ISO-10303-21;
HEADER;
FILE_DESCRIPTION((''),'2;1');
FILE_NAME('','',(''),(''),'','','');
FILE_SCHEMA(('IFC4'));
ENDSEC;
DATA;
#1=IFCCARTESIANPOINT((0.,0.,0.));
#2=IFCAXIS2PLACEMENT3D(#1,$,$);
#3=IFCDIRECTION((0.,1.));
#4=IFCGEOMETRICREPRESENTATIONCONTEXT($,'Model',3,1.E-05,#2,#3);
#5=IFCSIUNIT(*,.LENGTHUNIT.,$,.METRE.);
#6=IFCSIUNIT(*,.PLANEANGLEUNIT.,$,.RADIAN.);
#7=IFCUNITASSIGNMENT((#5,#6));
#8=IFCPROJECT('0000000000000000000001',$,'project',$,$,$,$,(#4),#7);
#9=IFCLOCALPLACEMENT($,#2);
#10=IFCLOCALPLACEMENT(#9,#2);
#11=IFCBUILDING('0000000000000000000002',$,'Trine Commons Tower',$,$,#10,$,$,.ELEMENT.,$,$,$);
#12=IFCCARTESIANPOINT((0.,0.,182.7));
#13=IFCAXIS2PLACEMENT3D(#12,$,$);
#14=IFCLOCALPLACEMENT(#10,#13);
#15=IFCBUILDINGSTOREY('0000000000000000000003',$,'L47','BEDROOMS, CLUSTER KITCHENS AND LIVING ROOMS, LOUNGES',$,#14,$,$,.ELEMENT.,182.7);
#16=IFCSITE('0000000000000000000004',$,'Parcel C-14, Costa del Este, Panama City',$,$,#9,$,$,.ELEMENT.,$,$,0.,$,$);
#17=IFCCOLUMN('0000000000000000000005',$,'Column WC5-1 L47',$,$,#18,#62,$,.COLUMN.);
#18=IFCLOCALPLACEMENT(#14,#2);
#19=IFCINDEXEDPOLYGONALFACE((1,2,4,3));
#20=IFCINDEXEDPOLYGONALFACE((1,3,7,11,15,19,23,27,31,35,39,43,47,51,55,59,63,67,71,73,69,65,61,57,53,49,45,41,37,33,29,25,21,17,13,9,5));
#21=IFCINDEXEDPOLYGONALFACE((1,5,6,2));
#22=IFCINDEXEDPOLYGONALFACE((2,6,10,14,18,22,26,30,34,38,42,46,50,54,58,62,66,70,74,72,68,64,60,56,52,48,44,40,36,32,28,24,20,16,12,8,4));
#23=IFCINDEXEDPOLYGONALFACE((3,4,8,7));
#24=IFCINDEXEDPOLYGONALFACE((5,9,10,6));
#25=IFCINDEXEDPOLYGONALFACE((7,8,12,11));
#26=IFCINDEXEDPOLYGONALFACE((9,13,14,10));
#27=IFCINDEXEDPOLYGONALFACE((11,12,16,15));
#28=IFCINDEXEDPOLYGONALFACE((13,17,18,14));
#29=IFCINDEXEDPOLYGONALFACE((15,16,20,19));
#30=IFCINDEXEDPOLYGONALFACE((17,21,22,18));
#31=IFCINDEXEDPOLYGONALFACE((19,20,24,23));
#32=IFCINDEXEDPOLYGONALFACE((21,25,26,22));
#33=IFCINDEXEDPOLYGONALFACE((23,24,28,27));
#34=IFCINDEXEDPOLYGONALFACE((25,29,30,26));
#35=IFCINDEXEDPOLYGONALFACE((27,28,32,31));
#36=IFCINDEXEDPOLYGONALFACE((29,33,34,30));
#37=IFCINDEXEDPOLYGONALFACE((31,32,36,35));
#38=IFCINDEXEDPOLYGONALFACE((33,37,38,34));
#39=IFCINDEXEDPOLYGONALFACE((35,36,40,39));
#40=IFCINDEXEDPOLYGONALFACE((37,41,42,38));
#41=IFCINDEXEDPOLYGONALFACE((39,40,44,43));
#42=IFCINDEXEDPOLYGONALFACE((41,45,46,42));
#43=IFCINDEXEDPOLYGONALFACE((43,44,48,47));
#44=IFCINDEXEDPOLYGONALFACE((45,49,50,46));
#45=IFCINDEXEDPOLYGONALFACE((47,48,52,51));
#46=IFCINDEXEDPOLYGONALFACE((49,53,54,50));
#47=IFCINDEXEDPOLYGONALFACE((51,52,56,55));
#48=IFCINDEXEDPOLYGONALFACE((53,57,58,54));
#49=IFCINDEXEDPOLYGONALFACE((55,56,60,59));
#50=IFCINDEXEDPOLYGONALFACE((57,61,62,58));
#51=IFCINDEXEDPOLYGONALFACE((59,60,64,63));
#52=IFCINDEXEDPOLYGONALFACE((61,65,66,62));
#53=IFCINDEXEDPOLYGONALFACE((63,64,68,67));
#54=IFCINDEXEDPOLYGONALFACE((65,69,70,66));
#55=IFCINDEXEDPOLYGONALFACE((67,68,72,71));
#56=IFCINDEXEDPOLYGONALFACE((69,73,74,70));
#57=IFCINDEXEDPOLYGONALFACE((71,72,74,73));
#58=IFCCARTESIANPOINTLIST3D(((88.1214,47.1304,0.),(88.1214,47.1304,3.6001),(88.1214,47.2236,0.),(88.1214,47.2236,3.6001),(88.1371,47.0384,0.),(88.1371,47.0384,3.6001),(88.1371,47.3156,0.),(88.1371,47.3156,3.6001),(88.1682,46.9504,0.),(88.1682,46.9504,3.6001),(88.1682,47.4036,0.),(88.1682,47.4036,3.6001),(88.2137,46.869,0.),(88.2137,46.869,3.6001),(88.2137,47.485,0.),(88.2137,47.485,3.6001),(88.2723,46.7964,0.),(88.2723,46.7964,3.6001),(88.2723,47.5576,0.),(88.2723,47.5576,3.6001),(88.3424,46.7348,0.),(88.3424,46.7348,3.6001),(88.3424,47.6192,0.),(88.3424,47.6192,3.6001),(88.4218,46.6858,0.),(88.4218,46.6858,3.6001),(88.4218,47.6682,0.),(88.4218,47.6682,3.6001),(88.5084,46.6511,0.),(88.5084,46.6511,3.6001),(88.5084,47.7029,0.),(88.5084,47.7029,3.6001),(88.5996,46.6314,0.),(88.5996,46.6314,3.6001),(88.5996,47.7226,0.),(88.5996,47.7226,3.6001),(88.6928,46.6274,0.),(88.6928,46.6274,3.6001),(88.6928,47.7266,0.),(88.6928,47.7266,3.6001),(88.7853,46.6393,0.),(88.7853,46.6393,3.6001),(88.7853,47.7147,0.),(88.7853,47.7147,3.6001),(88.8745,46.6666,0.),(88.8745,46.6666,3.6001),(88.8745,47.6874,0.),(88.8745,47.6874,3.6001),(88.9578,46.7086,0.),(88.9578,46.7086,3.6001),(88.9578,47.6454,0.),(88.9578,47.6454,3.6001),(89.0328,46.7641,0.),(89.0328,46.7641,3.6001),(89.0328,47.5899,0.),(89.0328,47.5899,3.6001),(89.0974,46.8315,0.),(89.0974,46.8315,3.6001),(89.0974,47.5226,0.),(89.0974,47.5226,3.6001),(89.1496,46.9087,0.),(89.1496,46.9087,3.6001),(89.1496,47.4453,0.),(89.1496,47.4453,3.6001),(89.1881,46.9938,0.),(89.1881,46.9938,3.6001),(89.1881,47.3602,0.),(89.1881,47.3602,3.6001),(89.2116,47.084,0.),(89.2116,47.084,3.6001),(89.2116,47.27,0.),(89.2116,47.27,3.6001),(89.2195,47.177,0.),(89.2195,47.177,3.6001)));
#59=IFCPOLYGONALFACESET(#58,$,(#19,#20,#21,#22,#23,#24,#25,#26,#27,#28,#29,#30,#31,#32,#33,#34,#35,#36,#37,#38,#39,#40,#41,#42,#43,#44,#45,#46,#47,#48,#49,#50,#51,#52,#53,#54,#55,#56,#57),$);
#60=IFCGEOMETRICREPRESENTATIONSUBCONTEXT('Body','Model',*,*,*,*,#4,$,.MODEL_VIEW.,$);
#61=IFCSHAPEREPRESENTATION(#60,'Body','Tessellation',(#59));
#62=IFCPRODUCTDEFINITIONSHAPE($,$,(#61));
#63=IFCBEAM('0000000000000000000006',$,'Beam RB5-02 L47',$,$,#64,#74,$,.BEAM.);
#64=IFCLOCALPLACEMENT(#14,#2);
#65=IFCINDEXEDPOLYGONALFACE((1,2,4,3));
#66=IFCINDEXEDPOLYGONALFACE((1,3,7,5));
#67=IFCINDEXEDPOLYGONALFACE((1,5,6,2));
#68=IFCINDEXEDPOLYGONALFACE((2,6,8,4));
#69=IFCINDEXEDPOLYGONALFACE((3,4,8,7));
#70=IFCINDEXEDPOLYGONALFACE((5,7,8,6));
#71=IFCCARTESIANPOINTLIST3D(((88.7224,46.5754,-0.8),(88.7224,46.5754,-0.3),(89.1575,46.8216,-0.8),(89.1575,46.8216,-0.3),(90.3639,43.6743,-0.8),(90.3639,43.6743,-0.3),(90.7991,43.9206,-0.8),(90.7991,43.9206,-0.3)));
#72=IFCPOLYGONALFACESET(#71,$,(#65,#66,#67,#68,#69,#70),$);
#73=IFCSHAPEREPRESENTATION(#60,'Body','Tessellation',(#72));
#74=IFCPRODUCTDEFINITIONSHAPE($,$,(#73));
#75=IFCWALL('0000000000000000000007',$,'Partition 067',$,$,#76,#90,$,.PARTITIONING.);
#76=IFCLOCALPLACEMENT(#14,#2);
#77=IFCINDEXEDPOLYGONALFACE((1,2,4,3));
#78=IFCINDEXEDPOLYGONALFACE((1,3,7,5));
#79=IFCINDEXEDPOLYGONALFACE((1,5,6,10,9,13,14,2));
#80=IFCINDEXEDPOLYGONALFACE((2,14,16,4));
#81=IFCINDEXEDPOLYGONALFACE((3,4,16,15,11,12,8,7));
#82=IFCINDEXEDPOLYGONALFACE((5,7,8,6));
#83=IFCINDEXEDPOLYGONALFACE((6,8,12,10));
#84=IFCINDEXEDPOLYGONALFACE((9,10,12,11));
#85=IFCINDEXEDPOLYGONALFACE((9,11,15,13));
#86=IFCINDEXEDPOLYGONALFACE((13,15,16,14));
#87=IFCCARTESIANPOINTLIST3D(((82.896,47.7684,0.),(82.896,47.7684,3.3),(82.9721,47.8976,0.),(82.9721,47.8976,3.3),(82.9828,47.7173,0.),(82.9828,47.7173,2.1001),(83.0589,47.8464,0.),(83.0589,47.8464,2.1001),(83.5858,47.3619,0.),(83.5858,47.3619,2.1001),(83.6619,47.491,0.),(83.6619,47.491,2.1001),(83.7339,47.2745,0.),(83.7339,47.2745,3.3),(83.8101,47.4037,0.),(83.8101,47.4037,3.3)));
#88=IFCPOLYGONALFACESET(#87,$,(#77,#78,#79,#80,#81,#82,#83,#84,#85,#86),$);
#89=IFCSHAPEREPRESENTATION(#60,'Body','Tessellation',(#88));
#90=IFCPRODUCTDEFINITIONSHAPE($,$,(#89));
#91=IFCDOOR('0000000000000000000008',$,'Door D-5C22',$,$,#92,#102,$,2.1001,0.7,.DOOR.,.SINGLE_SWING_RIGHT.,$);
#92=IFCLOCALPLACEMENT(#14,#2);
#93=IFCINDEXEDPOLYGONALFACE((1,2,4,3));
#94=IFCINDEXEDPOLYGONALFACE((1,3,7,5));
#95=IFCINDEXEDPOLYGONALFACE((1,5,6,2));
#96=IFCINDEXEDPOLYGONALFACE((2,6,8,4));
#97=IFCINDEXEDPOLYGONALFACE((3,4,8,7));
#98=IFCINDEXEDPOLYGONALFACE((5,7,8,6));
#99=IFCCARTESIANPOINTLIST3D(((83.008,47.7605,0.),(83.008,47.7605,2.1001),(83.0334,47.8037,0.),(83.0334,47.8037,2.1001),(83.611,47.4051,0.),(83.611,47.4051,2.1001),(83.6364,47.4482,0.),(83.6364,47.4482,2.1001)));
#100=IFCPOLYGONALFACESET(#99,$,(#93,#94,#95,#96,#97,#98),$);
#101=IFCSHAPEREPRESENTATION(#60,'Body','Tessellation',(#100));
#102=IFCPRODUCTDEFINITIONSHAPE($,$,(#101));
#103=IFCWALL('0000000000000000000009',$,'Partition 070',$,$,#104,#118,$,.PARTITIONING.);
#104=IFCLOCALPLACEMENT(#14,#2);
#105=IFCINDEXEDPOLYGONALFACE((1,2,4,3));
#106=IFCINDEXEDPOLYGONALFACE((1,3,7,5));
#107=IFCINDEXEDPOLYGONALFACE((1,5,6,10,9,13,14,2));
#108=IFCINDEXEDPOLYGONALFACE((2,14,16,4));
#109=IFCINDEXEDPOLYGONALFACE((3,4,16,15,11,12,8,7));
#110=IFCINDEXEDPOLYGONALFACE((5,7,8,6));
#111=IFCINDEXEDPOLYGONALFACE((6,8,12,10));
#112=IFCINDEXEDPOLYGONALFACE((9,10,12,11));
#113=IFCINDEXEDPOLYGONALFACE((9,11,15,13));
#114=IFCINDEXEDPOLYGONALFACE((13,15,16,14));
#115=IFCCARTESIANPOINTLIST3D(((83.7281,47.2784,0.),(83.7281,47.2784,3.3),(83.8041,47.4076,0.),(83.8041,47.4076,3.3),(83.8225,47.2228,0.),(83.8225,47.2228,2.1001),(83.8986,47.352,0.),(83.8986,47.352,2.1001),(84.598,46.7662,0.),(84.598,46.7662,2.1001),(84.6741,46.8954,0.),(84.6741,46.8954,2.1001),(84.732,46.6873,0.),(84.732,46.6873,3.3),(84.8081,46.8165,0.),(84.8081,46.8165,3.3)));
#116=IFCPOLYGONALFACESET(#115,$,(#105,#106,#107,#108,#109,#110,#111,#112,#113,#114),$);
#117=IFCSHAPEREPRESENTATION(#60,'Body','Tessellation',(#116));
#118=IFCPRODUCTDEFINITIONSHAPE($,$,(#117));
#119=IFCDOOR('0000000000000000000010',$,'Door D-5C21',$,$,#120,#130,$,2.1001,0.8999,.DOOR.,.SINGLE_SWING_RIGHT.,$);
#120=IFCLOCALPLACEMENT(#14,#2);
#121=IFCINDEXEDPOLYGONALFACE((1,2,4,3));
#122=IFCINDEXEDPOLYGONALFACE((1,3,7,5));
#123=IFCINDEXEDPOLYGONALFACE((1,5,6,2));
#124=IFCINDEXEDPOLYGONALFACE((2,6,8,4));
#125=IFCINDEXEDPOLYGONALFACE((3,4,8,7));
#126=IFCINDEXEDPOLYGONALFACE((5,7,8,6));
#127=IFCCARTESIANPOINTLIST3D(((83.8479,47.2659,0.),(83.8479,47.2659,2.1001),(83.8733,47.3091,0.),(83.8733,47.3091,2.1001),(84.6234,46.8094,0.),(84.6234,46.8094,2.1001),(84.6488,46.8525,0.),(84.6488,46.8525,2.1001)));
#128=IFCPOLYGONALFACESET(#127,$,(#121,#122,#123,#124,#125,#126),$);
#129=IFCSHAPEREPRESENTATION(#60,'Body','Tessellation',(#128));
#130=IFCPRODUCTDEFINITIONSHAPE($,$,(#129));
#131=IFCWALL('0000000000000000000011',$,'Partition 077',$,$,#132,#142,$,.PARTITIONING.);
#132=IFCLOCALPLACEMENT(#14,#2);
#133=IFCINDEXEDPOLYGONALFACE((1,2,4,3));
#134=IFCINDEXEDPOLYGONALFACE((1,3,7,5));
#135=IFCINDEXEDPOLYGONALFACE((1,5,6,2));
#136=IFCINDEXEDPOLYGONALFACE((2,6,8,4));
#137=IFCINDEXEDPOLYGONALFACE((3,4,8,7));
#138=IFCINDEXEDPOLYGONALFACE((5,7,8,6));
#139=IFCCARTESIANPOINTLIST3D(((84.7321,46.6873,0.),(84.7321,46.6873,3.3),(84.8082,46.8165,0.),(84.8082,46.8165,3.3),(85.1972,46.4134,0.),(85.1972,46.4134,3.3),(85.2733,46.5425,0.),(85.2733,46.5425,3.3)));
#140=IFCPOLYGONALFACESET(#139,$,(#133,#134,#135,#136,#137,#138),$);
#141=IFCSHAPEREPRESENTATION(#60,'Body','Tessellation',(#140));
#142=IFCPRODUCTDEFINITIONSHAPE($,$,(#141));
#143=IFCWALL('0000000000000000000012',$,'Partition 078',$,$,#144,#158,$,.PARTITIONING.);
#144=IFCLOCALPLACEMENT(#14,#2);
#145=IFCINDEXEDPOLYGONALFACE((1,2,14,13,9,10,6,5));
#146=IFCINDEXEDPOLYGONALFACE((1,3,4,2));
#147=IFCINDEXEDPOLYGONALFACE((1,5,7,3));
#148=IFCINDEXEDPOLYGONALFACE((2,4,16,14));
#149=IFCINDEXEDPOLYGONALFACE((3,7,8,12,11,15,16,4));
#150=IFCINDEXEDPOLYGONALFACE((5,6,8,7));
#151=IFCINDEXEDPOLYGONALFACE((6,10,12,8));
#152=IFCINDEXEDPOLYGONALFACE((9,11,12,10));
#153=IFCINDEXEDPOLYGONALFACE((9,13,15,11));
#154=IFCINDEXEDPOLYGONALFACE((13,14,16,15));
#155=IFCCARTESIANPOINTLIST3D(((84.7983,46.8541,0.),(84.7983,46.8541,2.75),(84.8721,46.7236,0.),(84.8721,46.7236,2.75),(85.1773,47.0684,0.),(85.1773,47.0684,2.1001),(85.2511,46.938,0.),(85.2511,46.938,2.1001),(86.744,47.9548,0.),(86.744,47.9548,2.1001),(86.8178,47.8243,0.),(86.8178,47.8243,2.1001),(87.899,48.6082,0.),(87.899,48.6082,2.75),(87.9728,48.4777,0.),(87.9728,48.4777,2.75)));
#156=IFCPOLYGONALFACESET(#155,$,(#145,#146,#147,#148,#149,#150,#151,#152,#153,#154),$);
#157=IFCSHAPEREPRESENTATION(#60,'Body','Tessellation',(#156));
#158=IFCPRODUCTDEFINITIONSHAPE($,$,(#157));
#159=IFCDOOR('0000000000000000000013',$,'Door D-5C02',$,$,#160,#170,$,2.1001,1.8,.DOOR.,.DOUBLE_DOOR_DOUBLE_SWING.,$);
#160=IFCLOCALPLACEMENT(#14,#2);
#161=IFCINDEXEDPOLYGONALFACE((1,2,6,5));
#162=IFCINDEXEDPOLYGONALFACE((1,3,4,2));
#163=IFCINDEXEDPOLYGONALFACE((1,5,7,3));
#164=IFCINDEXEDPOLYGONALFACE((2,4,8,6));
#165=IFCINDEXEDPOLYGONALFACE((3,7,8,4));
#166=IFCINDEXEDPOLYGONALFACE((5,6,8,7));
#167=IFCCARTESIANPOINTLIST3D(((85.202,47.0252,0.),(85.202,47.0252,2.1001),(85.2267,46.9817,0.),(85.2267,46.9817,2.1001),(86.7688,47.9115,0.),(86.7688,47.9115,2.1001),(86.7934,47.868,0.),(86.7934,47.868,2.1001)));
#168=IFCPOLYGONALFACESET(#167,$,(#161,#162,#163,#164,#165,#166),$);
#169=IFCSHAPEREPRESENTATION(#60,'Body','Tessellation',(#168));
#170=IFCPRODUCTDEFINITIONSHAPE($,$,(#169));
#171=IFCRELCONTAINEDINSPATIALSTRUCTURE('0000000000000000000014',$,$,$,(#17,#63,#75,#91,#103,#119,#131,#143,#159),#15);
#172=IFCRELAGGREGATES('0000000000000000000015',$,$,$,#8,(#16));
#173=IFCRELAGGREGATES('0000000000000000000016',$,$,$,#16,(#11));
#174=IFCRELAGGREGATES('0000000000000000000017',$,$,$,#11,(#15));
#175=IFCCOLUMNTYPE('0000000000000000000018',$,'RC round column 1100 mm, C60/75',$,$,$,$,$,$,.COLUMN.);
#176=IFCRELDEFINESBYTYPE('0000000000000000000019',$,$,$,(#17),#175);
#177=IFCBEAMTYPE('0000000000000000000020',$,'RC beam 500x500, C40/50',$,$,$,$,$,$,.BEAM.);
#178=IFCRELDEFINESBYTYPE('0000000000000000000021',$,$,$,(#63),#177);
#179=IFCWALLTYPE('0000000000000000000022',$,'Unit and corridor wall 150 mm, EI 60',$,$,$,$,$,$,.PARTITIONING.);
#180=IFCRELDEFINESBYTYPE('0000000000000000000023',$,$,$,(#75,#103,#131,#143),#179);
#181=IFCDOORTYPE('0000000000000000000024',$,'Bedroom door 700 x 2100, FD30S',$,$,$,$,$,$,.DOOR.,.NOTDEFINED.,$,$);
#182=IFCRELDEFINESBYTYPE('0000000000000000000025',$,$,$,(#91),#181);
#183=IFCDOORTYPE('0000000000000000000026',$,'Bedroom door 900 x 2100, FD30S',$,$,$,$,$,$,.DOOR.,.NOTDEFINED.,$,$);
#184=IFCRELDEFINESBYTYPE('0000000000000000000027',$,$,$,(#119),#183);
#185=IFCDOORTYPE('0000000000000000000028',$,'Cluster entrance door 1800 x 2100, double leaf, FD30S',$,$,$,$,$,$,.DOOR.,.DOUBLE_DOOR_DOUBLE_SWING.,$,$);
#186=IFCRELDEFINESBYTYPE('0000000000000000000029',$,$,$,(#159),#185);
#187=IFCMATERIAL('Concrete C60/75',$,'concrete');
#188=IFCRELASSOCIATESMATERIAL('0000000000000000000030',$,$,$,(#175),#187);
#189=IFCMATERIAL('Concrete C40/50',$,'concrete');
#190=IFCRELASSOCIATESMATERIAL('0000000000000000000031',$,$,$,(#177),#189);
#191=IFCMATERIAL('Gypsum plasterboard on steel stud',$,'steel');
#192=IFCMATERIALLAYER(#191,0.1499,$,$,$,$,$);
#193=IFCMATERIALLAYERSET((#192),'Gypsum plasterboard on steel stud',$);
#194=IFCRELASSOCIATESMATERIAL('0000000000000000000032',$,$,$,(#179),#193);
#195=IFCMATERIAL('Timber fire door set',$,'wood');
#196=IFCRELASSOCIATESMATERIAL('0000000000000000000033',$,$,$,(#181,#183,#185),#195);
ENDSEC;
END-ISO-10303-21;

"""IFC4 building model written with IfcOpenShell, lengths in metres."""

from ifc_helpers import new_model, si_unit, direction, frame, frame_2d, origin, origin_2d, place, context, subcontext, project, spatial, rectangle, circle, extrude, material, layer, layer_set, material_profile, profile_set, type_object, element, fill, save


model = new_model("IFC4")

# Units and contexts
model_context = context("Model", 3, precision=1e-05, world=origin(), true_north=direction((0.0, 1.0)))
body_context = subcontext(model_context, "Body", "Model", "MODEL_VIEW")
ifc_project = project(units=[si_unit("LENGTHUNIT", "METRE"), si_unit("PLANEANGLEUNIT", "RADIAN")], contexts=[model_context])

# Site, building, storey
site_placement = place(None, origin())
site = spatial("IfcSite", under=ifc_project, at=site_placement, Name="Parcel C-14, Costa del Este, Panama City", CompositionType="ELEMENT", RefElevation=0.0)
building_placement = place(site_placement, origin())
building = spatial("IfcBuilding", under=site, at=building_placement, Name="Trine Commons Tower", CompositionType="ELEMENT")
storey_placement = place(building_placement, frame((0.0, 0.0, 182.7)))
storey = spatial("IfcBuildingStorey", under=building, at=storey_placement, Name="L47", Description="BEDROOMS, CLUSTER KITCHENS AND LIVING ROOMS, LOUNGES", CompositionType="ELEMENT", Elevation=182.7)

# Column
ifc_material_1 = material(Name="Concrete C60/75", Category="concrete")
ifc_material_profile_1 = material_profile(ifc_material_1, circle(Radius=0.55, at=origin_2d()), Name="RC round 1100")
ifc_profile_set_1 = profile_set([ifc_material_profile_1], Name="Concrete C60/75")
column_type = type_object("IfcColumnType", Name="RC round column 1100 mm, C60/75", PredefinedType="COLUMN", material=ifc_profile_set_1)
column_placement = place(storey_placement, frame((88.6694, 47.177, 0.0), z_axis=(0.0, 0.0, 1.0), x_axis=(1.0, 0.0, 0.0)))
element("IfcColumn", 1, at=column_placement, inside=storey, type_object=column_type, Name="Column WC5-1 L47", PredefinedType="COLUMN", context=body_context, shape_type="SweptSolid", body=[
    extrude(circle(Radius=0.55, at=origin_2d()), origin(), (0.0, 0.0, 1.0), 3.6001),
])

# Beam
ifc_material_2 = material(Name="Concrete C40/50", Category="concrete")
ifc_material_profile_2 = material_profile(ifc_material_2, rectangle(XDim=0.5, YDim=0.5, at=origin_2d()), Name="RC 500x500")
ifc_profile_set_2 = profile_set([ifc_material_profile_2], Name="Concrete C40/50")
beam_type = type_object("IfcBeamType", Name="RC beam 500x500, C40/50", PredefinedType="BEAM", material=ifc_profile_set_2)
beam_placement = place(storey_placement, frame((88.9399, 46.6985, -0.55), z_axis=(0.492475, -0.870327, 0.0), x_axis=(0.870327, 0.492475, 0.0)))
element("IfcBeam", 2, at=beam_placement, inside=storey, type_object=beam_type, Name="Beam RB5-02 L47", PredefinedType="BEAM", context=body_context, shape_type="SweptSolid", body=[
    extrude(rectangle(XDim=0.5, YDim=0.5, at=origin_2d()), origin(), (0.0, 0.0, 1.0), 3.3333),
])

# Walls, openings, doors
ifc_material_3 = material(Name="Gypsum plasterboard on steel stud", Category="steel")
ifc_layer_1 = layer(ifc_material_3, 0.1499)
ifc_layer_set_1 = layer_set([ifc_layer_1], Name="Gypsum plasterboard on steel stud")
wall_type_1 = type_object("IfcWallType", Name="Unit and corridor wall 150 mm, EI 60", PredefinedType="PARTITIONING", material=ifc_layer_set_1)
wall_1_placement = place(storey_placement, frame((82.9341, 47.833, 0.0), z_axis=(0.0, 0.0, 1.0), x_axis=(0.861476, -0.507799, 0.0)))
wall_1 = element("IfcWall", 3, at=wall_1_placement, inside=storey, type_object=wall_type_1, Name="Partition 067", PredefinedType="PARTITIONING", context=body_context, shape_type="SweptSolid", body=[
    extrude(rectangle(XDim=0.9727, YDim=0.1499, at=frame_2d((0.4863, 0.0))), origin(), (0.0, 0.0, 1.0), 3.3),
])
opening_1_placement = place(wall_1_placement, frame((0.1006, 0.0, 0.0)))
opening_1 = element("IfcOpeningElement", 4, at=opening_1_placement, cuts=wall_1, PredefinedType="OPENING", context=body_context, shape_type="SweptSolid", body=[
    extrude(rectangle(XDim=0.7, YDim=2.1001, at=frame_2d((0.3501, 1.05))), frame((0.0, 0.085, 0.0), z_axis=(0.0, -1.0, 0.0), x_axis=(1.0, 0.0, 0.0)), (0.0, 0.0, 1.0), 0.1699),
])
ifc_material_4 = material(Name="Timber fire door set", Category="wood")
door_type_1 = type_object("IfcDoorType", Name="Bedroom door 700 x 2100, FD30S", OperationType="NOTDEFINED", PredefinedType="DOOR", material=ifc_material_4)
door_1_placement = place(opening_1_placement, frame((0.7, 0.0, 0.0), z_axis=(0.0, 0.0, 1.0), x_axis=(-1.0, 0.0, 0.0)))
door_1 = element("IfcDoor", 5, at=door_1_placement, inside=storey, type_object=door_type_1, Name="Door D-5C22", OperationType="SINGLE_SWING_RIGHT", OverallHeight=2.1001, OverallWidth=0.7, PredefinedType="DOOR", context=body_context, shape_type="SweptSolid", body=[
    extrude(rectangle(XDim=0.7, YDim=2.1001, at=frame_2d((0.3501, 1.05))), frame((0.0, 0.0249, 0.0), z_axis=(0.0, -1.0, 0.0), x_axis=(1.0, 0.0, 0.0)), (0.0, 0.0, 1.0), 0.05),
])
fill(opening_1, door_1)
wall_2_placement = place(storey_placement, frame((83.7661, 47.343, 0.0), z_axis=(0.0, 0.0, 1.0), x_axis=(0.861735, -0.507359, 0.0)))
wall_2 = element("IfcWall", 6, at=wall_2_placement, inside=storey, type_object=wall_type_1, Name="Partition 070", PredefinedType="PARTITIONING", context=body_context, shape_type="SweptSolid", body=[
    extrude(rectangle(XDim=1.165, YDim=0.1499, at=frame_2d((0.5825, 0.0))), origin(), (0.0, 0.0, 1.0), 3.3),
])
opening_2_placement = place(wall_2_placement, frame((0.1096, 0.0, 0.0)))
opening_2 = element("IfcOpeningElement", 7, at=opening_2_placement, cuts=wall_2, PredefinedType="OPENING", context=body_context, shape_type="SweptSolid", body=[
    extrude(rectangle(XDim=0.8999, YDim=2.1001, at=frame_2d((0.45, 1.05))), frame((0.0, 0.085, 0.0), z_axis=(0.0, -1.0, 0.0), x_axis=(1.0, 0.0, 0.0)), (0.0, 0.0, 1.0), 0.1699),
])
door_type_2 = type_object("IfcDoorType", Name="Bedroom door 900 x 2100, FD30S", OperationType="NOTDEFINED", PredefinedType="DOOR", material=ifc_material_4)
door_2_placement = place(opening_2_placement, frame((0.8999, 0.0, 0.0), z_axis=(0.0, 0.0, 1.0), x_axis=(-1.0, 0.0, 0.0)))
door_2 = element("IfcDoor", 8, at=door_2_placement, inside=storey, type_object=door_type_2, Name="Door D-5C21", OperationType="SINGLE_SWING_RIGHT", OverallHeight=2.1001, OverallWidth=0.8999, PredefinedType="DOOR", context=body_context, shape_type="SweptSolid", body=[
    extrude(rectangle(XDim=0.8999, YDim=2.1001, at=frame_2d((0.45, 1.05))), frame((0.0, 0.0249, 0.0), z_axis=(0.0, -1.0, 0.0), x_axis=(1.0, 0.0, 0.0)), (0.0, 0.0, 1.0), 0.05),
])
fill(opening_2, door_2)

# Wall
wall_3_placement = place(storey_placement, frame((84.77, 46.752, 0.0), z_axis=(0.0, 0.0, 1.0), x_axis=(0.861655, -0.507494, 0.0)))
element("IfcWall", 9, at=wall_3_placement, inside=storey, type_object=wall_type_1, Name="Partition 077", PredefinedType="PARTITIONING", context=body_context, shape_type="SweptSolid", body=[
    extrude(rectangle(XDim=0.5398, YDim=0.1499, at=frame_2d((0.27, 0.0))), origin(), (0.0, 0.0, 1.0), 3.3),
])

# Wall, opening, door
wall_4_placement = place(storey_placement, frame((84.8352, 46.7888, 0.0), z_axis=(0.0, 0.0, 1.0), x_axis=(0.870382, 0.492378, 0.0)))
wall_4 = element("IfcWall", 10, at=wall_4_placement, inside=storey, type_object=wall_type_1, Name="Partition 078", PredefinedType="PARTITIONING", context=body_context, shape_type="SweptSolid", body=[
    extrude(rectangle(XDim=3.5625, YDim=0.1499, at=frame_2d((1.7812, 0.0))), origin(), (0.0, 0.0, 1.0), 2.75),
])
opening_3_placement = place(wall_4_placement, frame((0.4355, 0.0, 0.0)))
opening_3 = element("IfcOpeningElement", 11, at=opening_3_placement, cuts=wall_4, PredefinedType="OPENING", context=body_context, shape_type="SweptSolid", body=[
    extrude(rectangle(XDim=1.8, YDim=2.1001, at=frame_2d((0.8999, 1.05))), frame((0.0, 0.085, 0.0), z_axis=(0.0, -1.0, 0.0), x_axis=(1.0, 0.0, 0.0)), (0.0, 0.0, 1.0), 0.1699),
])
door_type_3 = type_object("IfcDoorType", Name="Cluster entrance door 1800 x 2100, double leaf, FD30S", OperationType="DOUBLE_DOOR_DOUBLE_SWING", PredefinedType="DOOR", material=ifc_material_4)
door_3_placement = place(opening_3_placement, frame((1.8, 0.0, 0.0), z_axis=(0.0, 0.0, 1.0), x_axis=(-1.0, 0.0, 0.0)))
door_3 = element("IfcDoor", 12, at=door_3_placement, inside=storey, type_object=door_type_3, Name="Door D-5C02", OperationType="DOUBLE_DOOR_DOUBLE_SWING", OverallHeight=2.1001, OverallWidth=1.8, PredefinedType="DOOR", context=body_context, shape_type="SweptSolid", body=[
    extrude(rectangle(XDim=1.8, YDim=2.1001, at=frame_2d((0.8999, 1.05))), frame((0.0, 0.0249, 0.0), z_axis=(0.0, -1.0, 0.0), x_axis=(1.0, 0.0, 0.0)), (0.0, 0.0, 1.0), 0.05),
])
fill(opening_3, door_3)

save(model, "model.ifc")
